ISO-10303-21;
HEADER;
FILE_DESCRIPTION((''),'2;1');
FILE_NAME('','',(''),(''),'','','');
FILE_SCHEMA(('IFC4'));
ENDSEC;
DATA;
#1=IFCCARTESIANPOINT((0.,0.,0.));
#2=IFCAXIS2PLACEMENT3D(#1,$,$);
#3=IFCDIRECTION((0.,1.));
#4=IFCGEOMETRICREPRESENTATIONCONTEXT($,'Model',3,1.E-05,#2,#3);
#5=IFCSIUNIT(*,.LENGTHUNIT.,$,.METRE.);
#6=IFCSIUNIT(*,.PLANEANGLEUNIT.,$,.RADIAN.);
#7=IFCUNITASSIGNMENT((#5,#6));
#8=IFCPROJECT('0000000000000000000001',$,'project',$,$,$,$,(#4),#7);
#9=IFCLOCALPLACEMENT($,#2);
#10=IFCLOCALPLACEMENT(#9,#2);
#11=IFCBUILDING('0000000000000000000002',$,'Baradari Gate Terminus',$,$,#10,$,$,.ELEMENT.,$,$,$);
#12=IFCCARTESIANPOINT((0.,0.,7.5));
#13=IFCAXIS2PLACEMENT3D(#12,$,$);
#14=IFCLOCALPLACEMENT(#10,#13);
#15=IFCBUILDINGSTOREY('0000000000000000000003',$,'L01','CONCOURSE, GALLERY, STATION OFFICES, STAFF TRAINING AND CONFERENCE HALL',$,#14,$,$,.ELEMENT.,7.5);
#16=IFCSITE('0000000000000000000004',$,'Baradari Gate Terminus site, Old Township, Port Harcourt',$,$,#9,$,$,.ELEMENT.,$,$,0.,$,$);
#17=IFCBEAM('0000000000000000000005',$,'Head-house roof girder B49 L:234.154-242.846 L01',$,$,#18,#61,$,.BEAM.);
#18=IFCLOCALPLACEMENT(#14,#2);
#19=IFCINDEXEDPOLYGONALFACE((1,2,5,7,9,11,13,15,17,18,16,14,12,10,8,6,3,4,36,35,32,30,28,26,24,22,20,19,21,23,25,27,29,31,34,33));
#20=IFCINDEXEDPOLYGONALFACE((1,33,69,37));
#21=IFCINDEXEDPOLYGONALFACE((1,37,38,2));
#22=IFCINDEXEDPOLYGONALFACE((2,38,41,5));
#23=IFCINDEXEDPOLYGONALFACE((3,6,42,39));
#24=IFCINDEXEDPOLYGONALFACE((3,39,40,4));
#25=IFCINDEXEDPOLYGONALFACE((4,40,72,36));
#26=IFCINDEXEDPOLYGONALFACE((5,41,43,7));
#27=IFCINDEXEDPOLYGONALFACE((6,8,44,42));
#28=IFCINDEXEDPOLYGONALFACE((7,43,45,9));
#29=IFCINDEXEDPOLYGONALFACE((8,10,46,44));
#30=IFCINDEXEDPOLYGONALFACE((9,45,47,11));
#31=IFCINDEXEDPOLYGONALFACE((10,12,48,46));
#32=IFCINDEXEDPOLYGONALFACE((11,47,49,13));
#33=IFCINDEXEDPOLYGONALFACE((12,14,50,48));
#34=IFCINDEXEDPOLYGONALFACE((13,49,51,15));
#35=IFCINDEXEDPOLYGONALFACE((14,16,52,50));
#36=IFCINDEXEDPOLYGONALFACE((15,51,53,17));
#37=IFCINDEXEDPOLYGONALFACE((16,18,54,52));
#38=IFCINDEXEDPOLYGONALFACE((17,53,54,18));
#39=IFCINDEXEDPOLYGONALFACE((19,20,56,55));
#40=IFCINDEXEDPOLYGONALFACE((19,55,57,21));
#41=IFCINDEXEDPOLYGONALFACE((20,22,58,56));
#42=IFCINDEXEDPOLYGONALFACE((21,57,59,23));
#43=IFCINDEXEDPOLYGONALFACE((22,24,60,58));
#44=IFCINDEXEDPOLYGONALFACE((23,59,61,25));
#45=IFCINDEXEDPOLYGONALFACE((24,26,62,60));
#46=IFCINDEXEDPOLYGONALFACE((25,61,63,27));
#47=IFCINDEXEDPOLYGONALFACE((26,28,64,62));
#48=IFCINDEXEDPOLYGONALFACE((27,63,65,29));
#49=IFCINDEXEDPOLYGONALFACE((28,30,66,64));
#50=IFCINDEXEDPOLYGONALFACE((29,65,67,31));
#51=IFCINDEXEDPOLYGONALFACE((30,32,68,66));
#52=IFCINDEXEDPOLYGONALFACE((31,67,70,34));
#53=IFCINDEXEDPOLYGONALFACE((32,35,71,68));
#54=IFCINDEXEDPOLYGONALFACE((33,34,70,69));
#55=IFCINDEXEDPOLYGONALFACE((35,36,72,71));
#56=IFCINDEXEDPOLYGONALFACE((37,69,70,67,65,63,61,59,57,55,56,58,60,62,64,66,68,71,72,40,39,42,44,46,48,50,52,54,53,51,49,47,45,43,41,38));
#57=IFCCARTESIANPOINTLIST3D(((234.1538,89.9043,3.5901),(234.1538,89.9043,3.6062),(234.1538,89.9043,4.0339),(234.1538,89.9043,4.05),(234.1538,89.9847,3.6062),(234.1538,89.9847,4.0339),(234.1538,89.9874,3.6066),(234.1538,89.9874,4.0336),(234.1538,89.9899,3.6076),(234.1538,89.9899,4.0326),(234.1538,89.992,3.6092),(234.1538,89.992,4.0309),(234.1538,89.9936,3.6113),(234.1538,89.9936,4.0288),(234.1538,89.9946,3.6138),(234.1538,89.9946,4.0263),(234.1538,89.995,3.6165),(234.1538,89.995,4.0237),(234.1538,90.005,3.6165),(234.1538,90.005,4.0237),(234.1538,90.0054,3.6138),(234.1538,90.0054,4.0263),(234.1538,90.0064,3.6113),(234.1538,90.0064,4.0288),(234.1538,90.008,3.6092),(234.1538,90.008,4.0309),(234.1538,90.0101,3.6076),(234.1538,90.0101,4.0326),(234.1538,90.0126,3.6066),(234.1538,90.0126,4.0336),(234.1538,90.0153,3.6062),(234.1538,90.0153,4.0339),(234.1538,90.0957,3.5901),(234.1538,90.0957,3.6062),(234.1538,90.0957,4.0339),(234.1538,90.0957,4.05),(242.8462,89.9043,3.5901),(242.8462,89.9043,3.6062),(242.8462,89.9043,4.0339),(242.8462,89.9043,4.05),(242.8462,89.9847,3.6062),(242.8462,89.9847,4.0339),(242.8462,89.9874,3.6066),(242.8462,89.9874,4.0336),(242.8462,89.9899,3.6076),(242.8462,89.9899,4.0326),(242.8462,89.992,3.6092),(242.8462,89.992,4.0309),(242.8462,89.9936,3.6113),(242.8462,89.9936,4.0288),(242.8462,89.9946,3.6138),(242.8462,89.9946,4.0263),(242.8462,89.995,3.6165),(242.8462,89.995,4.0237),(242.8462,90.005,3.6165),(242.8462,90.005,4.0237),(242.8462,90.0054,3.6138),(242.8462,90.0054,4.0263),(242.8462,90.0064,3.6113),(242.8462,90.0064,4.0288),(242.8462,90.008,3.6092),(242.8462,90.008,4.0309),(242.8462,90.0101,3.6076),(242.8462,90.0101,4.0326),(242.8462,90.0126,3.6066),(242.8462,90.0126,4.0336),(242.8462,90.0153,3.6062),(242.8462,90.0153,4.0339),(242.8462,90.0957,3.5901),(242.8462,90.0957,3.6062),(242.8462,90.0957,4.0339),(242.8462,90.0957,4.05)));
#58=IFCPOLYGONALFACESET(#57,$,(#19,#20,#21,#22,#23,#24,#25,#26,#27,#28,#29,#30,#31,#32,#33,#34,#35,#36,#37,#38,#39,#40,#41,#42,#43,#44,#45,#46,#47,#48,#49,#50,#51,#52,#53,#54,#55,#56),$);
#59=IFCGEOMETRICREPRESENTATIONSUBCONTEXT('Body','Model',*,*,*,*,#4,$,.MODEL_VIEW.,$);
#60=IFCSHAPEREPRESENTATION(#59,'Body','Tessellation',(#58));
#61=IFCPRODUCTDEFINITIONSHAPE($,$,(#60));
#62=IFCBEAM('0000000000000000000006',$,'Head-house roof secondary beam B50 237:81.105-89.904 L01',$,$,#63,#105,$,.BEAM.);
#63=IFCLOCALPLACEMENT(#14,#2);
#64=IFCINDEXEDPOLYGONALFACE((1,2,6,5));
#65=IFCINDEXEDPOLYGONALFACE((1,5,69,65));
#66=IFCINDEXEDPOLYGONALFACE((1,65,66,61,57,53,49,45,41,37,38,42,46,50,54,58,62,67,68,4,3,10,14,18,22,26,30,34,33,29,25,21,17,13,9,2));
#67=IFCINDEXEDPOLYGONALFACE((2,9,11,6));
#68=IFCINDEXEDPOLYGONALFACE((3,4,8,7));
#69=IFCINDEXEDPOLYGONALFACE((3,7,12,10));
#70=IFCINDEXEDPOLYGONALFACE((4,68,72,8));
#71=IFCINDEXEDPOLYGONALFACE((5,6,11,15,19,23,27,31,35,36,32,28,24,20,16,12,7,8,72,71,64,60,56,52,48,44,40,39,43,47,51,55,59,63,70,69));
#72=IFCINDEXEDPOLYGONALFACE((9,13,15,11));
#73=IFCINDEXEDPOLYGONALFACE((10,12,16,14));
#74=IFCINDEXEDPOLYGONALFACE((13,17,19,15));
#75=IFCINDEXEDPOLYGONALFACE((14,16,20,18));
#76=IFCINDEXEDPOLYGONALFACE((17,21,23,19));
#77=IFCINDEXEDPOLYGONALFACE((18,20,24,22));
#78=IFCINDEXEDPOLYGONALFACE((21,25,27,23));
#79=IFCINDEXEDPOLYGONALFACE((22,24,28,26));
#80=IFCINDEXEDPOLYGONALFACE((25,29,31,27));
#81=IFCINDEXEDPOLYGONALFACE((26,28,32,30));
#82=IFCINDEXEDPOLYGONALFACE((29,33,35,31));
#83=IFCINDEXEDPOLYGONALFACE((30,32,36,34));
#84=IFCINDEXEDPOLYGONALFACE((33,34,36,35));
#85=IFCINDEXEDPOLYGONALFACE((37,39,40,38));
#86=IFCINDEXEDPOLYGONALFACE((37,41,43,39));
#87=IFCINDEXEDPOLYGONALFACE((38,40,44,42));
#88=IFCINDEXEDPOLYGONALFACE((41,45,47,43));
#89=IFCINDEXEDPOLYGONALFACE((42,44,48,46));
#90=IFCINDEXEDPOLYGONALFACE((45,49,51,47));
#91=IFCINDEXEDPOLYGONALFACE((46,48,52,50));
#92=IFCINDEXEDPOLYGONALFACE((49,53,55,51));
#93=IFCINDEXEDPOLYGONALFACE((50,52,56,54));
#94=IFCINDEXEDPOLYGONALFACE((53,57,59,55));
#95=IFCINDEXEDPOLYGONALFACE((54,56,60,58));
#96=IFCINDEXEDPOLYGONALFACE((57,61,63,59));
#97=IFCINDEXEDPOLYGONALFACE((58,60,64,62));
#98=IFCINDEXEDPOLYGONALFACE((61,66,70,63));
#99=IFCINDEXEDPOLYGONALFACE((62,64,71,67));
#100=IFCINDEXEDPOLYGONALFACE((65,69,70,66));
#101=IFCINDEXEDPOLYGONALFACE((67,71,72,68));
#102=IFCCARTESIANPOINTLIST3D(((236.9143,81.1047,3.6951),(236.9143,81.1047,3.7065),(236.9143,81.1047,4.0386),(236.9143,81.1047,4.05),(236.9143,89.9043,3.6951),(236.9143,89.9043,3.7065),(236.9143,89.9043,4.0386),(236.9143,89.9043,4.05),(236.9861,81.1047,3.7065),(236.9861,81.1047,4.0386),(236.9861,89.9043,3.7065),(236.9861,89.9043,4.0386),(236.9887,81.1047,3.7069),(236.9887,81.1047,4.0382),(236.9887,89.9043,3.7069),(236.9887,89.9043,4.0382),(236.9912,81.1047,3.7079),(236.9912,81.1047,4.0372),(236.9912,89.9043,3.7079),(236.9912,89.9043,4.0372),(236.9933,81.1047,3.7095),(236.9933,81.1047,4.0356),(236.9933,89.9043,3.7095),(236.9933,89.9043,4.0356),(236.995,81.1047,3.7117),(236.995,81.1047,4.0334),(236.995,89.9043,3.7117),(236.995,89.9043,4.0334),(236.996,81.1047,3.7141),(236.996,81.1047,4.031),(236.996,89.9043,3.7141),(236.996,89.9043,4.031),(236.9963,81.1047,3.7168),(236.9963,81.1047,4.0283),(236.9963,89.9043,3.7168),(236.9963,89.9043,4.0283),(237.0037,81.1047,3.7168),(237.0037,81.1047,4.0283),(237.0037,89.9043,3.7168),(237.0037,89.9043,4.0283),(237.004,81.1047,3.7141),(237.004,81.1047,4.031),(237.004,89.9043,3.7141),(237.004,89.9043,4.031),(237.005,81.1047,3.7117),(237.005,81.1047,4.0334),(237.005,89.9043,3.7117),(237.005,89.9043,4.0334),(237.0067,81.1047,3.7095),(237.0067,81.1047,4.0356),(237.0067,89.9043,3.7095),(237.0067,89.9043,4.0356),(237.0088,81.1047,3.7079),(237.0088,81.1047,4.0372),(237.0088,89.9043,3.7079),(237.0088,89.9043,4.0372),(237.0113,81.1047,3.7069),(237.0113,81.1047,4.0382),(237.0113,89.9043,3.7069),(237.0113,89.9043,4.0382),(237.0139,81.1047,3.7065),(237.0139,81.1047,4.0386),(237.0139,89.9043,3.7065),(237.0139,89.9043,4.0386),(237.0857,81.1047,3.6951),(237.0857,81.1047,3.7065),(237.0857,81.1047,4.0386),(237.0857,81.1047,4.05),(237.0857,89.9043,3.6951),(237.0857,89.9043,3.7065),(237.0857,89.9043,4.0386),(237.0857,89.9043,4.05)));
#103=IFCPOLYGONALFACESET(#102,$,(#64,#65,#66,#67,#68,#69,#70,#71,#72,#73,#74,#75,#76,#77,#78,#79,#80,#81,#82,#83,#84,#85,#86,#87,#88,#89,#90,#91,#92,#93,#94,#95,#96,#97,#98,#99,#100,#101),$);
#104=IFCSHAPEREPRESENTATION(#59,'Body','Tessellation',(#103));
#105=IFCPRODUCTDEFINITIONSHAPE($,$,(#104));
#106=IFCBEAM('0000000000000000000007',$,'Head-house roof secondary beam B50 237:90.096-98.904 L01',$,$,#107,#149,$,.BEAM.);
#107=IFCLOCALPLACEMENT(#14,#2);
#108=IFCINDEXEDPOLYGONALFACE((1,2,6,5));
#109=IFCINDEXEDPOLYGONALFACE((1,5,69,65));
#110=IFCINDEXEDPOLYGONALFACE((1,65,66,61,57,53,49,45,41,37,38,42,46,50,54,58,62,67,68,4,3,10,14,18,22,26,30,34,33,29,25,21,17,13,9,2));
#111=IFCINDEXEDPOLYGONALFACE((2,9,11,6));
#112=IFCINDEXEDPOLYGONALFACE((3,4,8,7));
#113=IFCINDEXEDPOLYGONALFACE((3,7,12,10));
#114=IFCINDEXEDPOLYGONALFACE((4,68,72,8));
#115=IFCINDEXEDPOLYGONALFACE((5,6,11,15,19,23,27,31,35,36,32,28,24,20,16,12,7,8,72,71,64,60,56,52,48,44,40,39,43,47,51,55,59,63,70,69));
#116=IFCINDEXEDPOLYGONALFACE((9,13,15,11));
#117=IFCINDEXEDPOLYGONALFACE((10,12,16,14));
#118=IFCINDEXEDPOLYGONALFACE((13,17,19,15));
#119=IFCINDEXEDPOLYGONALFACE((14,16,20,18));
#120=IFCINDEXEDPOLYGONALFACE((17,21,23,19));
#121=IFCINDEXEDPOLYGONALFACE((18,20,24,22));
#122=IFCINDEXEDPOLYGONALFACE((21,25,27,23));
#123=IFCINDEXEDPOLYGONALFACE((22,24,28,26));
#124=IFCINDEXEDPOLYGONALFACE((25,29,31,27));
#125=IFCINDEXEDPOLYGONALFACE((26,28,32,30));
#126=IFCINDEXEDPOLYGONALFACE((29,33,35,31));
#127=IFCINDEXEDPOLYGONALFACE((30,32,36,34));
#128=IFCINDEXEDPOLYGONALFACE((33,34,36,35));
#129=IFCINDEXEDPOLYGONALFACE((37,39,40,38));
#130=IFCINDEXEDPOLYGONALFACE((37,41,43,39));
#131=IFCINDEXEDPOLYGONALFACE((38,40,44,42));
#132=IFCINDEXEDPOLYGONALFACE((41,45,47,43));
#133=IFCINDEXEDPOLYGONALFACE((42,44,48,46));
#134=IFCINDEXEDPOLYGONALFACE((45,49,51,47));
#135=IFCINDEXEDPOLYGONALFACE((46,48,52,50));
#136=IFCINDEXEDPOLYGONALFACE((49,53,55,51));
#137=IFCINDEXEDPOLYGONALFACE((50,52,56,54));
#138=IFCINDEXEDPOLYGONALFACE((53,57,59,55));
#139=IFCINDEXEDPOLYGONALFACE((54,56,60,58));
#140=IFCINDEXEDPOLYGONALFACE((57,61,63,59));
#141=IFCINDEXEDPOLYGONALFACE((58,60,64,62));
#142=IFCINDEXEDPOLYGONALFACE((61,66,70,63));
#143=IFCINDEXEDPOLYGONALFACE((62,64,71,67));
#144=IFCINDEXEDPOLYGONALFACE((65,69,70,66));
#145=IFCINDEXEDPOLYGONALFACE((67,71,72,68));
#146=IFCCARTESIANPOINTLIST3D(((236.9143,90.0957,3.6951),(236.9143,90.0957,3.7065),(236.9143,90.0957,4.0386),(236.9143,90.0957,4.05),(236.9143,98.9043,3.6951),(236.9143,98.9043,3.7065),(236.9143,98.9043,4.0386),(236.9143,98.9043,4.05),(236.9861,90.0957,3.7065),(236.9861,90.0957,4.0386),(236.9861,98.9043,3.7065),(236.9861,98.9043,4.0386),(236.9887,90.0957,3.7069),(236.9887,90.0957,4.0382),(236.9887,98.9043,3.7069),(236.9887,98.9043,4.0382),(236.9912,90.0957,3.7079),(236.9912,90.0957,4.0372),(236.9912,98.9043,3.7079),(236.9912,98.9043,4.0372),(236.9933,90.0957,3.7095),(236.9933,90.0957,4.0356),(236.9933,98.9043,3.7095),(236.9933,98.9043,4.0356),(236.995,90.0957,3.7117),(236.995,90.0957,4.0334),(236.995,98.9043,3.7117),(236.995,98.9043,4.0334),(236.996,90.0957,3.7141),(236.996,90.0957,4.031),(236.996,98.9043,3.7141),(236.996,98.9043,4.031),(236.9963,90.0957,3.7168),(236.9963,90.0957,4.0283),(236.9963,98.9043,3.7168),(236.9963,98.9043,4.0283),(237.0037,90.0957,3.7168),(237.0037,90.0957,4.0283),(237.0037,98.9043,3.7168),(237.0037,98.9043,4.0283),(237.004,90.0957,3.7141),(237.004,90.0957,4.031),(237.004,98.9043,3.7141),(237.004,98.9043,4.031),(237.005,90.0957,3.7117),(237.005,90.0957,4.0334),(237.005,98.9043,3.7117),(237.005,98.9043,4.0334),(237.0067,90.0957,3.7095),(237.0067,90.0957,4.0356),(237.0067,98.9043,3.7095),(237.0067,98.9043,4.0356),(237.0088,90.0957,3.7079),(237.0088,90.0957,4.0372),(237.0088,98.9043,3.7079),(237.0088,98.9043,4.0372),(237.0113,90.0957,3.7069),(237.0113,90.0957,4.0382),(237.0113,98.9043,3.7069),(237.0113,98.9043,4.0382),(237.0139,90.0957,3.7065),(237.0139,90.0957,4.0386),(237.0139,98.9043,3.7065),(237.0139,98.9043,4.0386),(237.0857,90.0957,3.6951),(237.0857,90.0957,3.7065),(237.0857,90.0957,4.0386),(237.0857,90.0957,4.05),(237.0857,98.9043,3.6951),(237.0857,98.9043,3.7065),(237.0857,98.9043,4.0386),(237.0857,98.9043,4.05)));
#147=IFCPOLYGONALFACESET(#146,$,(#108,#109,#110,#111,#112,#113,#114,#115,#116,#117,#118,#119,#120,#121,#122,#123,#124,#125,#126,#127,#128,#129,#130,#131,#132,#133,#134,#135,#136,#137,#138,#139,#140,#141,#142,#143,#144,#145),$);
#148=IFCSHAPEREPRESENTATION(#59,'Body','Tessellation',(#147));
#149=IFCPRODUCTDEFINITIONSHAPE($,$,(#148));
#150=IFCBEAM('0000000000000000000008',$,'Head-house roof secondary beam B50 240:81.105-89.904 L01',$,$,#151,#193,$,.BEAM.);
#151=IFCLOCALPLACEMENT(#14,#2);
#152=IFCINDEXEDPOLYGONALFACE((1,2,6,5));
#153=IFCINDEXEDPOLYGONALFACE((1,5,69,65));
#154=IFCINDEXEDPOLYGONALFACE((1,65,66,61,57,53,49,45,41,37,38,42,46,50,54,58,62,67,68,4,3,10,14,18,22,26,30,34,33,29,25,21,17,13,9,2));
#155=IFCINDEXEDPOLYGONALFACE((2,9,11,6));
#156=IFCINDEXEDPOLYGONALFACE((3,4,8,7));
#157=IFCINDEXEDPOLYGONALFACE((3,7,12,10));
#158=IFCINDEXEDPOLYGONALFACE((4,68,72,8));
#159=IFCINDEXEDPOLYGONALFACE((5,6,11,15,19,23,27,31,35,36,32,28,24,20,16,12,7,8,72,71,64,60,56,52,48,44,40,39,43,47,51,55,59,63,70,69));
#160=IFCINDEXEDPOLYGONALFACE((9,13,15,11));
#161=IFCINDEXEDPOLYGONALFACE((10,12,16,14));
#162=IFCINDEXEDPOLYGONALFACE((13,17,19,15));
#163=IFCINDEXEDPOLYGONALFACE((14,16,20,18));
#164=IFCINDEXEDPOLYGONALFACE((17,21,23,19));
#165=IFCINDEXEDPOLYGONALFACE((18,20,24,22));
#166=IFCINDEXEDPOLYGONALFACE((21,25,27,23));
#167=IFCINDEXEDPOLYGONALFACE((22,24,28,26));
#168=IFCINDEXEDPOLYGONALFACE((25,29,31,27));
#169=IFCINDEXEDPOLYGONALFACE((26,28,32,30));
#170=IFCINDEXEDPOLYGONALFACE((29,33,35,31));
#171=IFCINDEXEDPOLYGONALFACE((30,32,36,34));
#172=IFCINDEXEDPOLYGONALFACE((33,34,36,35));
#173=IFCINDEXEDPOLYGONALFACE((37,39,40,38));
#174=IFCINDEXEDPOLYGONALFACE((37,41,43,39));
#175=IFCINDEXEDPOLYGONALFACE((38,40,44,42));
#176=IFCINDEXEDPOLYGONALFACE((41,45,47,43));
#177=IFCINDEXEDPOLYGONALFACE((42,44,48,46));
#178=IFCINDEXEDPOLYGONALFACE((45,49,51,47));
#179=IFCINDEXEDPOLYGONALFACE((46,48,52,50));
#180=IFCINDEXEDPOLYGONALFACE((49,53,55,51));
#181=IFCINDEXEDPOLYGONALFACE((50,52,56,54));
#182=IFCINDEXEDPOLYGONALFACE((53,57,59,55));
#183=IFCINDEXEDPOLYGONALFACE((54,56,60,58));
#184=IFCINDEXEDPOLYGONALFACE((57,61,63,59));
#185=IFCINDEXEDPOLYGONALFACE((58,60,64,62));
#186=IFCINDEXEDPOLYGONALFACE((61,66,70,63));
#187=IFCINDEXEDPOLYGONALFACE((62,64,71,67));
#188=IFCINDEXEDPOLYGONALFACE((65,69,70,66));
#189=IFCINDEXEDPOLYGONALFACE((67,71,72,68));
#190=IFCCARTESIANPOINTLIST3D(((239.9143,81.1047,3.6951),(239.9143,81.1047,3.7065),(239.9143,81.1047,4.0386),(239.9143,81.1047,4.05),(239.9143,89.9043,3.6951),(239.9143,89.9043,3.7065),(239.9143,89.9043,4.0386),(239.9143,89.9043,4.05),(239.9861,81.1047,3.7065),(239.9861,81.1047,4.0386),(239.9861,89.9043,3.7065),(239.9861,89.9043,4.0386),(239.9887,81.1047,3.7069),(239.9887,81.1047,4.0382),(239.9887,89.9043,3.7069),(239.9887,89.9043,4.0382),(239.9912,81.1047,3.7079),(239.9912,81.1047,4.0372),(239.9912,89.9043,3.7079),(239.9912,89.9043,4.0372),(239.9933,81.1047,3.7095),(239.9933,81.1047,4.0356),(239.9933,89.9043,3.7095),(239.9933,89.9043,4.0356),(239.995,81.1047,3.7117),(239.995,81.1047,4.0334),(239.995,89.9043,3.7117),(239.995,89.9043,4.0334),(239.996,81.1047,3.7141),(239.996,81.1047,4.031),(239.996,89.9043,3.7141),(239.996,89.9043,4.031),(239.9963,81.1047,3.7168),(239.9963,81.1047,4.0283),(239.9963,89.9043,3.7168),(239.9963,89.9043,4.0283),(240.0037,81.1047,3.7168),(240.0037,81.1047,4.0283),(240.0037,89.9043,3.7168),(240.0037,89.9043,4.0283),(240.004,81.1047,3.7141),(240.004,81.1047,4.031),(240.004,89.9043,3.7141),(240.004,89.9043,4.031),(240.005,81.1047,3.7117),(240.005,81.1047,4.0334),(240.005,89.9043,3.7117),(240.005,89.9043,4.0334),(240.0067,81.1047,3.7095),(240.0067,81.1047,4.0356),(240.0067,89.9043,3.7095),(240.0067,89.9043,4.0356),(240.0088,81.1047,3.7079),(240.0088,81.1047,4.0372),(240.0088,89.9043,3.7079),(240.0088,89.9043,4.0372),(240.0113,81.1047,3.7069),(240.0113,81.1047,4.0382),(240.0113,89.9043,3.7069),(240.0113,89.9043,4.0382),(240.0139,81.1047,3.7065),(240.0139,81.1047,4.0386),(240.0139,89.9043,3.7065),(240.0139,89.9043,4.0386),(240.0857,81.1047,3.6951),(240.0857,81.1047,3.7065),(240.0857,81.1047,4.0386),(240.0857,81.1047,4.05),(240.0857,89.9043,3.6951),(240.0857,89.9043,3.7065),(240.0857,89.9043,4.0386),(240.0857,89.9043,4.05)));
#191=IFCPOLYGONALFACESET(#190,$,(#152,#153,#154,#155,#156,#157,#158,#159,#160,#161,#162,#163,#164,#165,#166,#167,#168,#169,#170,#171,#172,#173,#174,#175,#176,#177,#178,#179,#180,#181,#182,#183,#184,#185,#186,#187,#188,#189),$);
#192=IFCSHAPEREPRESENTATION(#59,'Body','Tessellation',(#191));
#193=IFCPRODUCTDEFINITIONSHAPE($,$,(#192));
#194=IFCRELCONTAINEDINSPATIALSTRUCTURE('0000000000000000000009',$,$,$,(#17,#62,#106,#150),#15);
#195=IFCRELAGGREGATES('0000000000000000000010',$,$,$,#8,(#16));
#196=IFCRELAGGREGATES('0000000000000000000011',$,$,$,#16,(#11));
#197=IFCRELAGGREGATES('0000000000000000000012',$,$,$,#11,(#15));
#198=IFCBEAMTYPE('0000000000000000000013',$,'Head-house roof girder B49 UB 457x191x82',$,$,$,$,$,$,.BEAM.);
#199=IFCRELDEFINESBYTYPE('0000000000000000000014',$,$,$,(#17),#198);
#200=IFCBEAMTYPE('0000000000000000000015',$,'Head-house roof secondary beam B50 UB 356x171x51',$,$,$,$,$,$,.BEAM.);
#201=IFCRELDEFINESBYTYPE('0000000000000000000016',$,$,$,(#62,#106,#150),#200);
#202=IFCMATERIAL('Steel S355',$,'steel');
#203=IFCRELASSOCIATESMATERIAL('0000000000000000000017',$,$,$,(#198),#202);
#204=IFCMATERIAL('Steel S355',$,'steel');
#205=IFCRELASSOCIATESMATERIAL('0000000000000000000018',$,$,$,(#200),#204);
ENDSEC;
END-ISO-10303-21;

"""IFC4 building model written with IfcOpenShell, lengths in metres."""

from ifc_helpers import new_model, si_unit, direction, frame, origin, origin_2d, place, context, subcontext, project, spatial, i_section, extrude, material, material_profile, profile_set, type_object, element, save


model = new_model("IFC4")

# Units and contexts
model_context = context("Model", 3, precision=1e-05, world=origin(), true_north=direction((0.0, 1.0)))
body_context = subcontext(model_context, "Body", "Model", "MODEL_VIEW")
ifc_project = project(units=[si_unit("LENGTHUNIT", "METRE"), si_unit("PLANEANGLEUNIT", "RADIAN")], contexts=[model_context])

# Site, building, storey
site_placement = place(None, origin())
site = spatial("IfcSite", under=ifc_project, at=site_placement, Name="Baradari Gate Terminus site, Old Township, Port Harcourt", CompositionType="ELEMENT", RefElevation=0.0)
building_placement = place(site_placement, origin())
building = spatial("IfcBuilding", under=site, at=building_placement, Name="Baradari Gate Terminus", CompositionType="ELEMENT")
storey_placement = place(building_placement, frame((0.0, 0.0, 7.5)))
storey = spatial("IfcBuildingStorey", under=building, at=storey_placement, Name="L01", Description="CONCOURSE, GALLERY, STATION OFFICES, STAFF TRAINING AND CONFERENCE HALL", CompositionType="ELEMENT", Elevation=7.5)

# Beams
ifc_material_1 = material(Name="Steel S355", Category="steel")
ifc_material_profile_1 = material_profile(ifc_material_1, i_section(OverallWidth=0.1914, OverallDepth=0.46, WebThickness=0.01, FlangeThickness=0.0161, FilletRadius=0.0103, at=origin_2d()), Name="UB 457x191x82")
ifc_profile_set_1 = profile_set([ifc_material_profile_1], Name="Steel S355")
beam_type_1 = type_object("IfcBeamType", Name="Head-house roof girder B49 UB 457x191x82", PredefinedType="BEAM", material=ifc_profile_set_1)
beam_1_placement = place(storey_placement, frame((234.1538, 90.0, 3.8201), z_axis=(1.0, 0.0, 0.0), x_axis=(0.0, 1.0, 0.0)))
element("IfcBeam", 1, at=beam_1_placement, inside=storey, type_object=beam_type_1, Name="Head-house roof girder B49 L:234.154-242.846 L01", PredefinedType="BEAM", context=body_context, shape_type="SweptSolid", body=[
    extrude(i_section(OverallWidth=0.1914, OverallDepth=0.46, WebThickness=0.01, FlangeThickness=0.0161, FilletRadius=0.0103, at=origin_2d()), origin(), (0.0, 0.0, 1.0), 8.6924),
])
ifc_material_2 = material(Name="Steel S355", Category="steel")
ifc_material_profile_2 = material_profile(ifc_material_2, i_section(OverallWidth=0.1714, OverallDepth=0.355, WebThickness=0.0073, FlangeThickness=0.0115, FilletRadius=0.0103, at=origin_2d()), Name="UB 356x171x51")
ifc_profile_set_2 = profile_set([ifc_material_profile_2], Name="Steel S355")
beam_type_2 = type_object("IfcBeamType", Name="Head-house roof secondary beam B50 UB 356x171x51", PredefinedType="BEAM", material=ifc_profile_set_2)
beam_2_placement = place(storey_placement, frame((237.0, 81.1047, 3.8726), z_axis=(0.0, 1.0, 0.0), x_axis=(-1.0, 0.0, 0.0)))
element("IfcBeam", 2, at=beam_2_placement, inside=storey, type_object=beam_type_2, Name="Head-house roof secondary beam B50 237:81.105-89.904 L01", PredefinedType="BEAM", context=body_context, shape_type="SweptSolid", body=[
    extrude(i_section(OverallWidth=0.1714, OverallDepth=0.355, WebThickness=0.0073, FlangeThickness=0.0115, FilletRadius=0.0103, at=origin_2d()), origin(), (0.0, 0.0, 1.0), 8.7996),
])
beam_3_placement = place(storey_placement, frame((237.0, 90.0957, 3.8726), z_axis=(0.0, 1.0, 0.0), x_axis=(-1.0, 0.0, 0.0)))
element("IfcBeam", 3, at=beam_3_placement, inside=storey, type_object=beam_type_2, Name="Head-house roof secondary beam B50 237:90.096-98.904 L01", PredefinedType="BEAM", context=body_context, shape_type="SweptSolid", body=[
    extrude(i_section(OverallWidth=0.1714, OverallDepth=0.355, WebThickness=0.0073, FlangeThickness=0.0115, FilletRadius=0.0103, at=origin_2d()), origin(), (0.0, 0.0, 1.0), 8.8086),
])
beam_4_placement = place(storey_placement, frame((240.0, 81.1047, 3.8726), z_axis=(0.0, 1.0, 0.0), x_axis=(-1.0, 0.0, 0.0)))
element("IfcBeam", 4, at=beam_4_placement, inside=storey, type_object=beam_type_2, Name="Head-house roof secondary beam B50 240:81.105-89.904 L01", PredefinedType="BEAM", context=body_context, shape_type="SweptSolid", body=[
    extrude(i_section(OverallWidth=0.1714, OverallDepth=0.355, WebThickness=0.0073, FlangeThickness=0.0115, FilletRadius=0.0103, at=origin_2d()), origin(), (0.0, 0.0, 1.0), 8.7996),
])

save(model, "model.ifc")
